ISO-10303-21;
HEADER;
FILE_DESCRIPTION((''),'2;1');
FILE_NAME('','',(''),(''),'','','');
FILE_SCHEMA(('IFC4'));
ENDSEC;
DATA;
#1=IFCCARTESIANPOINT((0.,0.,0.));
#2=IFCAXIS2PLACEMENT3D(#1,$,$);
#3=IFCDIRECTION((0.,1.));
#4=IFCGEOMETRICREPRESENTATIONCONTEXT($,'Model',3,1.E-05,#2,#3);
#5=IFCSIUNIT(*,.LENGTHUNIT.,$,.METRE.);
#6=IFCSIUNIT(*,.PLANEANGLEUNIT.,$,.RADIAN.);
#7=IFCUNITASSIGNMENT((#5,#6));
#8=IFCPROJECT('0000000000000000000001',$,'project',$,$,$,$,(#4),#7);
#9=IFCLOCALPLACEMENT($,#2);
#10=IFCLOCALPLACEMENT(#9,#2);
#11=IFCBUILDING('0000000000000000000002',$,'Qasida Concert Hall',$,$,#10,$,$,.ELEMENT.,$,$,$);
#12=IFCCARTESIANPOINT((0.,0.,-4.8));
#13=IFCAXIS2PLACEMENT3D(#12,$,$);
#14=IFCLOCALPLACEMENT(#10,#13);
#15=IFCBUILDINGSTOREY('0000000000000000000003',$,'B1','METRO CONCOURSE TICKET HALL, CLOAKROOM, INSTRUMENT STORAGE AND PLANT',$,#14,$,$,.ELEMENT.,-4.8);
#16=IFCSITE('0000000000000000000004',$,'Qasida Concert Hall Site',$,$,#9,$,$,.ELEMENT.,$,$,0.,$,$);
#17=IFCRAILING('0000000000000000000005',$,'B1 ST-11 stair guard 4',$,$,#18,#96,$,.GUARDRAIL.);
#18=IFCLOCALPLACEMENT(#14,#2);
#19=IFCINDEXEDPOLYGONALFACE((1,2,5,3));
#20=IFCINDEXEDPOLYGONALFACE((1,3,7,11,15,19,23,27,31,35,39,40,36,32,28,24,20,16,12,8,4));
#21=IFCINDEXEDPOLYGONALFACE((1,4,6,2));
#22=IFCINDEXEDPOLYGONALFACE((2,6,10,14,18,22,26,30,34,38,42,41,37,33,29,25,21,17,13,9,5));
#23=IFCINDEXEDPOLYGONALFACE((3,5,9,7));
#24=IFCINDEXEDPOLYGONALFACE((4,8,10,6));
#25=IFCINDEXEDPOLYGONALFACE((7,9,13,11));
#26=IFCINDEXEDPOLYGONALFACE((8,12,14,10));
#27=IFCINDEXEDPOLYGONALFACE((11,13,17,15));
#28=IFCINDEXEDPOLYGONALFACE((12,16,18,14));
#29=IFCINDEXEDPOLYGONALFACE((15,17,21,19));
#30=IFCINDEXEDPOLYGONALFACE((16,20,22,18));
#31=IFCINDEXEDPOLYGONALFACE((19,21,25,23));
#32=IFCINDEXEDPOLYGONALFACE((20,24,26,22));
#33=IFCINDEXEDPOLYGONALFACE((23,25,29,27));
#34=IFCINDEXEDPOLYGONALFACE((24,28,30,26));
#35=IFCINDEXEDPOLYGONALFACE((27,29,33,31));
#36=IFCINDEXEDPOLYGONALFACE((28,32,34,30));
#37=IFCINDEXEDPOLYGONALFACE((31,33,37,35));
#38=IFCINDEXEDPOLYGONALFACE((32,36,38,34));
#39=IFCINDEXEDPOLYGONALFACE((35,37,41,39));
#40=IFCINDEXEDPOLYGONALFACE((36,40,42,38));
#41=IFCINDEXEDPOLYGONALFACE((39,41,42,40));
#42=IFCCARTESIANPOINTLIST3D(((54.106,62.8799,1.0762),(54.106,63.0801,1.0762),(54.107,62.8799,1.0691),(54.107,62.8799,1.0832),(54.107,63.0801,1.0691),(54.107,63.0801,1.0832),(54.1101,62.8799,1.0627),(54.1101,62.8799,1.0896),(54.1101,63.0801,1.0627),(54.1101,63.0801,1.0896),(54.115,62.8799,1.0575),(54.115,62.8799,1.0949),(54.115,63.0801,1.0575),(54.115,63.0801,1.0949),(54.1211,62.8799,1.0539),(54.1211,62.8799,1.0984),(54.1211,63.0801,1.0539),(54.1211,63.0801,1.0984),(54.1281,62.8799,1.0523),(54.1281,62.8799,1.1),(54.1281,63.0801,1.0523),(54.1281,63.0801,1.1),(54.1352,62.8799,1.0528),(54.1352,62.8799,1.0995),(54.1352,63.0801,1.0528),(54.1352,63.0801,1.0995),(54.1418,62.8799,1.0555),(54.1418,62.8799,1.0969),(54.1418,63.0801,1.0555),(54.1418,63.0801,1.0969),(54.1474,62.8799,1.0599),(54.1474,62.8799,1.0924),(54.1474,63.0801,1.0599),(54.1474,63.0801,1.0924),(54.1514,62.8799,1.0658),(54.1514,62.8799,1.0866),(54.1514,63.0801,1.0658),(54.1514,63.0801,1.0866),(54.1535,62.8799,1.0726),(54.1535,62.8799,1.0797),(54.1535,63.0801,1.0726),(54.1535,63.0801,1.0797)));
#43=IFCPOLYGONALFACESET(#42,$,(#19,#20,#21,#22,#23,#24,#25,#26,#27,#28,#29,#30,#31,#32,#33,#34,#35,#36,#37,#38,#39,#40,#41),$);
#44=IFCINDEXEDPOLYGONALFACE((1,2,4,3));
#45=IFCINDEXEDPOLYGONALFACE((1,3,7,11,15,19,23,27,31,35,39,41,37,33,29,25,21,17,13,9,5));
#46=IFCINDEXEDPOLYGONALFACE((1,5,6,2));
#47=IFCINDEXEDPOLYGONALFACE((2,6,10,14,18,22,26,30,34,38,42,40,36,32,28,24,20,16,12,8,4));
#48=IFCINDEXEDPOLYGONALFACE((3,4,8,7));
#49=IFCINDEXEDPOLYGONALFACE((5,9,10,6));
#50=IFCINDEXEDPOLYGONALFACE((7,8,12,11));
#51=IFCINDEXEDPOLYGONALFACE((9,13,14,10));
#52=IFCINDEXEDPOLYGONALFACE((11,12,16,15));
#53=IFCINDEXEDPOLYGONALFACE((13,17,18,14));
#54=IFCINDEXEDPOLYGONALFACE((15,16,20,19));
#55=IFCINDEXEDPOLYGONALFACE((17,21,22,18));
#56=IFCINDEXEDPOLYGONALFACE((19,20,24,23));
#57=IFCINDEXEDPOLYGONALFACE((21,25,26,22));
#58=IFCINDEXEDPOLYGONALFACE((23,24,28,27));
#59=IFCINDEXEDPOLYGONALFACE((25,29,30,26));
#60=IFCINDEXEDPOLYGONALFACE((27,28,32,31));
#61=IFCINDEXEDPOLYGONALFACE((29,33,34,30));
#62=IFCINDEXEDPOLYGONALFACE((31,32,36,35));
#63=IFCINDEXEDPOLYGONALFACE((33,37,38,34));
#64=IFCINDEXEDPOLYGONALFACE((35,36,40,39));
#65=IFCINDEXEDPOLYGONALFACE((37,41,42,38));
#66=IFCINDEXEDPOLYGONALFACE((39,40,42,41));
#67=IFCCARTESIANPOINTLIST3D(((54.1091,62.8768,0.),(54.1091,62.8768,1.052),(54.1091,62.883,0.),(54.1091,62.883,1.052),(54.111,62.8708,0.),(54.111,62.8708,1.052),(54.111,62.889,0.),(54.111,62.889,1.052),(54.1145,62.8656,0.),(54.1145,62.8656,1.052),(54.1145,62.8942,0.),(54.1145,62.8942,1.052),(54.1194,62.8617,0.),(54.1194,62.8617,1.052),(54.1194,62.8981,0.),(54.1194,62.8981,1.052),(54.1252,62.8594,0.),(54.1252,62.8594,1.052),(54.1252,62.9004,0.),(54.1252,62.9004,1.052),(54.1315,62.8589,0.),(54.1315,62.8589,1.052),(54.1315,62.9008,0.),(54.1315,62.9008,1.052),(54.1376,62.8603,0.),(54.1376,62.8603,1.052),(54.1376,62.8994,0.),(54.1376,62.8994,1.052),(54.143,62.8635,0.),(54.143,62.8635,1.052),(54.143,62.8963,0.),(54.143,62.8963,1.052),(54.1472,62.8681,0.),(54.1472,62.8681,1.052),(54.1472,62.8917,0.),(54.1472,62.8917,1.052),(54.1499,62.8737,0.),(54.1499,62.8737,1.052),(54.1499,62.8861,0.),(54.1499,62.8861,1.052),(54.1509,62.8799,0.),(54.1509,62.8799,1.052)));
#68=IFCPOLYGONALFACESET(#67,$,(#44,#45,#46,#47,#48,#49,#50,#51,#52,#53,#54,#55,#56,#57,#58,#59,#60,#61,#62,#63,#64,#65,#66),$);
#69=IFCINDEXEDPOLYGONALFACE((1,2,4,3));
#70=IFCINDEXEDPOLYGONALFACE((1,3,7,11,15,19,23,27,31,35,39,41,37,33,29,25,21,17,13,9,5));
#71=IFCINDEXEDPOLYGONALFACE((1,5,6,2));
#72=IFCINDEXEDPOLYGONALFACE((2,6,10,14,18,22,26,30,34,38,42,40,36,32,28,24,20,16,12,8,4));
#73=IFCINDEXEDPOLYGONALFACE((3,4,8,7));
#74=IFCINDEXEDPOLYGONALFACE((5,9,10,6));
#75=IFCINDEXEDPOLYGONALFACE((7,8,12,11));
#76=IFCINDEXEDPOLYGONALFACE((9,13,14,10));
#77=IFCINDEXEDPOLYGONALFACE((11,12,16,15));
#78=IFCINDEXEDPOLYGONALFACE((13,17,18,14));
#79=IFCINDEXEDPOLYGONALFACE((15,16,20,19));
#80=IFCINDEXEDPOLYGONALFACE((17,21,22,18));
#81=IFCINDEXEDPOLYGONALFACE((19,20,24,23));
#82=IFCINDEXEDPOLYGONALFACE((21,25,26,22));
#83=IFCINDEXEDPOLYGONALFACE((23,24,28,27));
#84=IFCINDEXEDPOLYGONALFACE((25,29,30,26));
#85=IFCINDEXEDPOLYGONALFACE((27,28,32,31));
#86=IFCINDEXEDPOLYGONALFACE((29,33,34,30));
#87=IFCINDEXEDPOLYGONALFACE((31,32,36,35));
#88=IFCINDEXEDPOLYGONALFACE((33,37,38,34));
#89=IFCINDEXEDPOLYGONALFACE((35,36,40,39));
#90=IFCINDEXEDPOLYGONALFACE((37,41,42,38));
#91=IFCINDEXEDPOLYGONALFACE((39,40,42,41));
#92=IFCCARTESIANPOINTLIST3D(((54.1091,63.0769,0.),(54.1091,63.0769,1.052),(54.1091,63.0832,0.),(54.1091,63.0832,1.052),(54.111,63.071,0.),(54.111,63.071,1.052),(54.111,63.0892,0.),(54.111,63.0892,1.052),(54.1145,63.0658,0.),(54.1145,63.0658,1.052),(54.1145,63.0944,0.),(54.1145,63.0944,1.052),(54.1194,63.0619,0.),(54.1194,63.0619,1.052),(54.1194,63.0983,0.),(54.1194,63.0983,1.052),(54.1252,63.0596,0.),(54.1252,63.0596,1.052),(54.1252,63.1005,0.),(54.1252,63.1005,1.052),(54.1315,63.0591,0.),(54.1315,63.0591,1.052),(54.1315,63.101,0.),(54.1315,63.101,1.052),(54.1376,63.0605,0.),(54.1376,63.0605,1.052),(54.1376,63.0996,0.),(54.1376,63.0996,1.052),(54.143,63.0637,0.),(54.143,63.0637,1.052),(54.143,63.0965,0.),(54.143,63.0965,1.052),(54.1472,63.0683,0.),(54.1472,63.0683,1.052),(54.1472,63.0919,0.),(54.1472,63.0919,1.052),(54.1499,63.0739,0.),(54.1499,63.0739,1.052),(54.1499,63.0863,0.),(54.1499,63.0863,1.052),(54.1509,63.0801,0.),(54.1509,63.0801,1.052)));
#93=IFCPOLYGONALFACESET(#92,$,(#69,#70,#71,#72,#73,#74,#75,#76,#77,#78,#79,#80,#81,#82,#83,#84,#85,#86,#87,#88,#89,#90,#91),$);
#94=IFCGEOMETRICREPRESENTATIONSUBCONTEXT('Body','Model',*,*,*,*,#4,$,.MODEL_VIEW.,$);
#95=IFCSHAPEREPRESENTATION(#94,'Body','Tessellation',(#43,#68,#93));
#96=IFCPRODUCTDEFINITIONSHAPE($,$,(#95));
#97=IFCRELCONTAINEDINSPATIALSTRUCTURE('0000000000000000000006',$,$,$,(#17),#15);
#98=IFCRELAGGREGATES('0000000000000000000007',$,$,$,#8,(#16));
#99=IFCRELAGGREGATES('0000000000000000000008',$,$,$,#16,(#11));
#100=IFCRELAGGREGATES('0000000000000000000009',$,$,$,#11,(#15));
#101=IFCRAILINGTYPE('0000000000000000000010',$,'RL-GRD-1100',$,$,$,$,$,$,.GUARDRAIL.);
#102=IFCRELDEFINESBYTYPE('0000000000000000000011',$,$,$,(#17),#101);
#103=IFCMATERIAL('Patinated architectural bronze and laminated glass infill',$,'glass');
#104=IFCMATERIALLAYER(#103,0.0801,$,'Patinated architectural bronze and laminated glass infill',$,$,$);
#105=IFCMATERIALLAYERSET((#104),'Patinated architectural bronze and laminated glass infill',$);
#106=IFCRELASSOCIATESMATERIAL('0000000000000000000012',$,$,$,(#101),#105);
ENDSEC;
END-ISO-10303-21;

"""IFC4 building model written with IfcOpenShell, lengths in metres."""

from ifc_helpers import new_model, si_unit, direction, frame, origin, origin_2d, place, context, subcontext, project, spatial, circle, extrude, material, layer, layer_set, type_object, element, save


model = new_model("IFC4")

# Units and contexts
model_context = context("Model", 3, precision=1e-05, world=origin(), true_north=direction((0.0, 1.0)))
body_context = subcontext(model_context, "Body", "Model", "MODEL_VIEW")
ifc_project = project(units=[si_unit("LENGTHUNIT", "METRE"), si_unit("PLANEANGLEUNIT", "RADIAN")], contexts=[model_context])

# Site, building, storey
site_placement = place(None, origin())
site = spatial("IfcSite", under=ifc_project, at=site_placement, Name="Qasida Concert Hall Site", CompositionType="ELEMENT", RefElevation=0.0)
building_placement = place(site_placement, origin())
building = spatial("IfcBuilding", under=site, at=building_placement, Name="Qasida Concert Hall", CompositionType="ELEMENT")
storey_placement = place(building_placement, frame((0.0, 0.0, -4.8)))
storey = spatial("IfcBuildingStorey", under=building, at=storey_placement, Name="B1", Description="METRO CONCOURSE TICKET HALL, CLOAKROOM, INSTRUMENT STORAGE AND PLANT", CompositionType="ELEMENT", Elevation=-4.8)

# Railing
ifc_material_1 = material(Name="Patinated architectural bronze and laminated glass infill", Category="glass")
ifc_layer_1 = layer(ifc_material_1, 0.0801, Name="Patinated architectural bronze and laminated glass infill")
ifc_layer_set_1 = layer_set([ifc_layer_1], Name="Patinated architectural bronze and laminated glass infill")
railing_type_1 = type_object("IfcRailingType", Name="RL-GRD-1100", PredefinedType="GUARDRAIL", material=ifc_layer_set_1)
railing_1_placement = place(storey_placement, frame((54.1299, 62.8799, 0.0)))
element("IfcRailing", 1, at=railing_1_placement, inside=storey, type_object=railing_type_1, Name="B1 ST-11 stair guard 4", PredefinedType="GUARDRAIL", context=body_context, shape_type="SweptSolid", body=[
    extrude(circle(Radius=0.0239, at=origin_2d()), frame((0.0, 0.0, 1.0762), z_axis=(0.0, 1.0, 0.0), x_axis=(-1.0, 0.0, 0.0)), (0.0, 0.0, 1.0), 0.2002),
    extrude(circle(Radius=0.021, at=origin_2d()), origin(), (0.0, 0.0, 1.0), 1.052),
    extrude(circle(Radius=0.021, at=origin_2d()), frame((0.0, 0.2002, 0.0)), (0.0, 0.0, 1.0), 1.052),
])

save(model, "model.ifc")
